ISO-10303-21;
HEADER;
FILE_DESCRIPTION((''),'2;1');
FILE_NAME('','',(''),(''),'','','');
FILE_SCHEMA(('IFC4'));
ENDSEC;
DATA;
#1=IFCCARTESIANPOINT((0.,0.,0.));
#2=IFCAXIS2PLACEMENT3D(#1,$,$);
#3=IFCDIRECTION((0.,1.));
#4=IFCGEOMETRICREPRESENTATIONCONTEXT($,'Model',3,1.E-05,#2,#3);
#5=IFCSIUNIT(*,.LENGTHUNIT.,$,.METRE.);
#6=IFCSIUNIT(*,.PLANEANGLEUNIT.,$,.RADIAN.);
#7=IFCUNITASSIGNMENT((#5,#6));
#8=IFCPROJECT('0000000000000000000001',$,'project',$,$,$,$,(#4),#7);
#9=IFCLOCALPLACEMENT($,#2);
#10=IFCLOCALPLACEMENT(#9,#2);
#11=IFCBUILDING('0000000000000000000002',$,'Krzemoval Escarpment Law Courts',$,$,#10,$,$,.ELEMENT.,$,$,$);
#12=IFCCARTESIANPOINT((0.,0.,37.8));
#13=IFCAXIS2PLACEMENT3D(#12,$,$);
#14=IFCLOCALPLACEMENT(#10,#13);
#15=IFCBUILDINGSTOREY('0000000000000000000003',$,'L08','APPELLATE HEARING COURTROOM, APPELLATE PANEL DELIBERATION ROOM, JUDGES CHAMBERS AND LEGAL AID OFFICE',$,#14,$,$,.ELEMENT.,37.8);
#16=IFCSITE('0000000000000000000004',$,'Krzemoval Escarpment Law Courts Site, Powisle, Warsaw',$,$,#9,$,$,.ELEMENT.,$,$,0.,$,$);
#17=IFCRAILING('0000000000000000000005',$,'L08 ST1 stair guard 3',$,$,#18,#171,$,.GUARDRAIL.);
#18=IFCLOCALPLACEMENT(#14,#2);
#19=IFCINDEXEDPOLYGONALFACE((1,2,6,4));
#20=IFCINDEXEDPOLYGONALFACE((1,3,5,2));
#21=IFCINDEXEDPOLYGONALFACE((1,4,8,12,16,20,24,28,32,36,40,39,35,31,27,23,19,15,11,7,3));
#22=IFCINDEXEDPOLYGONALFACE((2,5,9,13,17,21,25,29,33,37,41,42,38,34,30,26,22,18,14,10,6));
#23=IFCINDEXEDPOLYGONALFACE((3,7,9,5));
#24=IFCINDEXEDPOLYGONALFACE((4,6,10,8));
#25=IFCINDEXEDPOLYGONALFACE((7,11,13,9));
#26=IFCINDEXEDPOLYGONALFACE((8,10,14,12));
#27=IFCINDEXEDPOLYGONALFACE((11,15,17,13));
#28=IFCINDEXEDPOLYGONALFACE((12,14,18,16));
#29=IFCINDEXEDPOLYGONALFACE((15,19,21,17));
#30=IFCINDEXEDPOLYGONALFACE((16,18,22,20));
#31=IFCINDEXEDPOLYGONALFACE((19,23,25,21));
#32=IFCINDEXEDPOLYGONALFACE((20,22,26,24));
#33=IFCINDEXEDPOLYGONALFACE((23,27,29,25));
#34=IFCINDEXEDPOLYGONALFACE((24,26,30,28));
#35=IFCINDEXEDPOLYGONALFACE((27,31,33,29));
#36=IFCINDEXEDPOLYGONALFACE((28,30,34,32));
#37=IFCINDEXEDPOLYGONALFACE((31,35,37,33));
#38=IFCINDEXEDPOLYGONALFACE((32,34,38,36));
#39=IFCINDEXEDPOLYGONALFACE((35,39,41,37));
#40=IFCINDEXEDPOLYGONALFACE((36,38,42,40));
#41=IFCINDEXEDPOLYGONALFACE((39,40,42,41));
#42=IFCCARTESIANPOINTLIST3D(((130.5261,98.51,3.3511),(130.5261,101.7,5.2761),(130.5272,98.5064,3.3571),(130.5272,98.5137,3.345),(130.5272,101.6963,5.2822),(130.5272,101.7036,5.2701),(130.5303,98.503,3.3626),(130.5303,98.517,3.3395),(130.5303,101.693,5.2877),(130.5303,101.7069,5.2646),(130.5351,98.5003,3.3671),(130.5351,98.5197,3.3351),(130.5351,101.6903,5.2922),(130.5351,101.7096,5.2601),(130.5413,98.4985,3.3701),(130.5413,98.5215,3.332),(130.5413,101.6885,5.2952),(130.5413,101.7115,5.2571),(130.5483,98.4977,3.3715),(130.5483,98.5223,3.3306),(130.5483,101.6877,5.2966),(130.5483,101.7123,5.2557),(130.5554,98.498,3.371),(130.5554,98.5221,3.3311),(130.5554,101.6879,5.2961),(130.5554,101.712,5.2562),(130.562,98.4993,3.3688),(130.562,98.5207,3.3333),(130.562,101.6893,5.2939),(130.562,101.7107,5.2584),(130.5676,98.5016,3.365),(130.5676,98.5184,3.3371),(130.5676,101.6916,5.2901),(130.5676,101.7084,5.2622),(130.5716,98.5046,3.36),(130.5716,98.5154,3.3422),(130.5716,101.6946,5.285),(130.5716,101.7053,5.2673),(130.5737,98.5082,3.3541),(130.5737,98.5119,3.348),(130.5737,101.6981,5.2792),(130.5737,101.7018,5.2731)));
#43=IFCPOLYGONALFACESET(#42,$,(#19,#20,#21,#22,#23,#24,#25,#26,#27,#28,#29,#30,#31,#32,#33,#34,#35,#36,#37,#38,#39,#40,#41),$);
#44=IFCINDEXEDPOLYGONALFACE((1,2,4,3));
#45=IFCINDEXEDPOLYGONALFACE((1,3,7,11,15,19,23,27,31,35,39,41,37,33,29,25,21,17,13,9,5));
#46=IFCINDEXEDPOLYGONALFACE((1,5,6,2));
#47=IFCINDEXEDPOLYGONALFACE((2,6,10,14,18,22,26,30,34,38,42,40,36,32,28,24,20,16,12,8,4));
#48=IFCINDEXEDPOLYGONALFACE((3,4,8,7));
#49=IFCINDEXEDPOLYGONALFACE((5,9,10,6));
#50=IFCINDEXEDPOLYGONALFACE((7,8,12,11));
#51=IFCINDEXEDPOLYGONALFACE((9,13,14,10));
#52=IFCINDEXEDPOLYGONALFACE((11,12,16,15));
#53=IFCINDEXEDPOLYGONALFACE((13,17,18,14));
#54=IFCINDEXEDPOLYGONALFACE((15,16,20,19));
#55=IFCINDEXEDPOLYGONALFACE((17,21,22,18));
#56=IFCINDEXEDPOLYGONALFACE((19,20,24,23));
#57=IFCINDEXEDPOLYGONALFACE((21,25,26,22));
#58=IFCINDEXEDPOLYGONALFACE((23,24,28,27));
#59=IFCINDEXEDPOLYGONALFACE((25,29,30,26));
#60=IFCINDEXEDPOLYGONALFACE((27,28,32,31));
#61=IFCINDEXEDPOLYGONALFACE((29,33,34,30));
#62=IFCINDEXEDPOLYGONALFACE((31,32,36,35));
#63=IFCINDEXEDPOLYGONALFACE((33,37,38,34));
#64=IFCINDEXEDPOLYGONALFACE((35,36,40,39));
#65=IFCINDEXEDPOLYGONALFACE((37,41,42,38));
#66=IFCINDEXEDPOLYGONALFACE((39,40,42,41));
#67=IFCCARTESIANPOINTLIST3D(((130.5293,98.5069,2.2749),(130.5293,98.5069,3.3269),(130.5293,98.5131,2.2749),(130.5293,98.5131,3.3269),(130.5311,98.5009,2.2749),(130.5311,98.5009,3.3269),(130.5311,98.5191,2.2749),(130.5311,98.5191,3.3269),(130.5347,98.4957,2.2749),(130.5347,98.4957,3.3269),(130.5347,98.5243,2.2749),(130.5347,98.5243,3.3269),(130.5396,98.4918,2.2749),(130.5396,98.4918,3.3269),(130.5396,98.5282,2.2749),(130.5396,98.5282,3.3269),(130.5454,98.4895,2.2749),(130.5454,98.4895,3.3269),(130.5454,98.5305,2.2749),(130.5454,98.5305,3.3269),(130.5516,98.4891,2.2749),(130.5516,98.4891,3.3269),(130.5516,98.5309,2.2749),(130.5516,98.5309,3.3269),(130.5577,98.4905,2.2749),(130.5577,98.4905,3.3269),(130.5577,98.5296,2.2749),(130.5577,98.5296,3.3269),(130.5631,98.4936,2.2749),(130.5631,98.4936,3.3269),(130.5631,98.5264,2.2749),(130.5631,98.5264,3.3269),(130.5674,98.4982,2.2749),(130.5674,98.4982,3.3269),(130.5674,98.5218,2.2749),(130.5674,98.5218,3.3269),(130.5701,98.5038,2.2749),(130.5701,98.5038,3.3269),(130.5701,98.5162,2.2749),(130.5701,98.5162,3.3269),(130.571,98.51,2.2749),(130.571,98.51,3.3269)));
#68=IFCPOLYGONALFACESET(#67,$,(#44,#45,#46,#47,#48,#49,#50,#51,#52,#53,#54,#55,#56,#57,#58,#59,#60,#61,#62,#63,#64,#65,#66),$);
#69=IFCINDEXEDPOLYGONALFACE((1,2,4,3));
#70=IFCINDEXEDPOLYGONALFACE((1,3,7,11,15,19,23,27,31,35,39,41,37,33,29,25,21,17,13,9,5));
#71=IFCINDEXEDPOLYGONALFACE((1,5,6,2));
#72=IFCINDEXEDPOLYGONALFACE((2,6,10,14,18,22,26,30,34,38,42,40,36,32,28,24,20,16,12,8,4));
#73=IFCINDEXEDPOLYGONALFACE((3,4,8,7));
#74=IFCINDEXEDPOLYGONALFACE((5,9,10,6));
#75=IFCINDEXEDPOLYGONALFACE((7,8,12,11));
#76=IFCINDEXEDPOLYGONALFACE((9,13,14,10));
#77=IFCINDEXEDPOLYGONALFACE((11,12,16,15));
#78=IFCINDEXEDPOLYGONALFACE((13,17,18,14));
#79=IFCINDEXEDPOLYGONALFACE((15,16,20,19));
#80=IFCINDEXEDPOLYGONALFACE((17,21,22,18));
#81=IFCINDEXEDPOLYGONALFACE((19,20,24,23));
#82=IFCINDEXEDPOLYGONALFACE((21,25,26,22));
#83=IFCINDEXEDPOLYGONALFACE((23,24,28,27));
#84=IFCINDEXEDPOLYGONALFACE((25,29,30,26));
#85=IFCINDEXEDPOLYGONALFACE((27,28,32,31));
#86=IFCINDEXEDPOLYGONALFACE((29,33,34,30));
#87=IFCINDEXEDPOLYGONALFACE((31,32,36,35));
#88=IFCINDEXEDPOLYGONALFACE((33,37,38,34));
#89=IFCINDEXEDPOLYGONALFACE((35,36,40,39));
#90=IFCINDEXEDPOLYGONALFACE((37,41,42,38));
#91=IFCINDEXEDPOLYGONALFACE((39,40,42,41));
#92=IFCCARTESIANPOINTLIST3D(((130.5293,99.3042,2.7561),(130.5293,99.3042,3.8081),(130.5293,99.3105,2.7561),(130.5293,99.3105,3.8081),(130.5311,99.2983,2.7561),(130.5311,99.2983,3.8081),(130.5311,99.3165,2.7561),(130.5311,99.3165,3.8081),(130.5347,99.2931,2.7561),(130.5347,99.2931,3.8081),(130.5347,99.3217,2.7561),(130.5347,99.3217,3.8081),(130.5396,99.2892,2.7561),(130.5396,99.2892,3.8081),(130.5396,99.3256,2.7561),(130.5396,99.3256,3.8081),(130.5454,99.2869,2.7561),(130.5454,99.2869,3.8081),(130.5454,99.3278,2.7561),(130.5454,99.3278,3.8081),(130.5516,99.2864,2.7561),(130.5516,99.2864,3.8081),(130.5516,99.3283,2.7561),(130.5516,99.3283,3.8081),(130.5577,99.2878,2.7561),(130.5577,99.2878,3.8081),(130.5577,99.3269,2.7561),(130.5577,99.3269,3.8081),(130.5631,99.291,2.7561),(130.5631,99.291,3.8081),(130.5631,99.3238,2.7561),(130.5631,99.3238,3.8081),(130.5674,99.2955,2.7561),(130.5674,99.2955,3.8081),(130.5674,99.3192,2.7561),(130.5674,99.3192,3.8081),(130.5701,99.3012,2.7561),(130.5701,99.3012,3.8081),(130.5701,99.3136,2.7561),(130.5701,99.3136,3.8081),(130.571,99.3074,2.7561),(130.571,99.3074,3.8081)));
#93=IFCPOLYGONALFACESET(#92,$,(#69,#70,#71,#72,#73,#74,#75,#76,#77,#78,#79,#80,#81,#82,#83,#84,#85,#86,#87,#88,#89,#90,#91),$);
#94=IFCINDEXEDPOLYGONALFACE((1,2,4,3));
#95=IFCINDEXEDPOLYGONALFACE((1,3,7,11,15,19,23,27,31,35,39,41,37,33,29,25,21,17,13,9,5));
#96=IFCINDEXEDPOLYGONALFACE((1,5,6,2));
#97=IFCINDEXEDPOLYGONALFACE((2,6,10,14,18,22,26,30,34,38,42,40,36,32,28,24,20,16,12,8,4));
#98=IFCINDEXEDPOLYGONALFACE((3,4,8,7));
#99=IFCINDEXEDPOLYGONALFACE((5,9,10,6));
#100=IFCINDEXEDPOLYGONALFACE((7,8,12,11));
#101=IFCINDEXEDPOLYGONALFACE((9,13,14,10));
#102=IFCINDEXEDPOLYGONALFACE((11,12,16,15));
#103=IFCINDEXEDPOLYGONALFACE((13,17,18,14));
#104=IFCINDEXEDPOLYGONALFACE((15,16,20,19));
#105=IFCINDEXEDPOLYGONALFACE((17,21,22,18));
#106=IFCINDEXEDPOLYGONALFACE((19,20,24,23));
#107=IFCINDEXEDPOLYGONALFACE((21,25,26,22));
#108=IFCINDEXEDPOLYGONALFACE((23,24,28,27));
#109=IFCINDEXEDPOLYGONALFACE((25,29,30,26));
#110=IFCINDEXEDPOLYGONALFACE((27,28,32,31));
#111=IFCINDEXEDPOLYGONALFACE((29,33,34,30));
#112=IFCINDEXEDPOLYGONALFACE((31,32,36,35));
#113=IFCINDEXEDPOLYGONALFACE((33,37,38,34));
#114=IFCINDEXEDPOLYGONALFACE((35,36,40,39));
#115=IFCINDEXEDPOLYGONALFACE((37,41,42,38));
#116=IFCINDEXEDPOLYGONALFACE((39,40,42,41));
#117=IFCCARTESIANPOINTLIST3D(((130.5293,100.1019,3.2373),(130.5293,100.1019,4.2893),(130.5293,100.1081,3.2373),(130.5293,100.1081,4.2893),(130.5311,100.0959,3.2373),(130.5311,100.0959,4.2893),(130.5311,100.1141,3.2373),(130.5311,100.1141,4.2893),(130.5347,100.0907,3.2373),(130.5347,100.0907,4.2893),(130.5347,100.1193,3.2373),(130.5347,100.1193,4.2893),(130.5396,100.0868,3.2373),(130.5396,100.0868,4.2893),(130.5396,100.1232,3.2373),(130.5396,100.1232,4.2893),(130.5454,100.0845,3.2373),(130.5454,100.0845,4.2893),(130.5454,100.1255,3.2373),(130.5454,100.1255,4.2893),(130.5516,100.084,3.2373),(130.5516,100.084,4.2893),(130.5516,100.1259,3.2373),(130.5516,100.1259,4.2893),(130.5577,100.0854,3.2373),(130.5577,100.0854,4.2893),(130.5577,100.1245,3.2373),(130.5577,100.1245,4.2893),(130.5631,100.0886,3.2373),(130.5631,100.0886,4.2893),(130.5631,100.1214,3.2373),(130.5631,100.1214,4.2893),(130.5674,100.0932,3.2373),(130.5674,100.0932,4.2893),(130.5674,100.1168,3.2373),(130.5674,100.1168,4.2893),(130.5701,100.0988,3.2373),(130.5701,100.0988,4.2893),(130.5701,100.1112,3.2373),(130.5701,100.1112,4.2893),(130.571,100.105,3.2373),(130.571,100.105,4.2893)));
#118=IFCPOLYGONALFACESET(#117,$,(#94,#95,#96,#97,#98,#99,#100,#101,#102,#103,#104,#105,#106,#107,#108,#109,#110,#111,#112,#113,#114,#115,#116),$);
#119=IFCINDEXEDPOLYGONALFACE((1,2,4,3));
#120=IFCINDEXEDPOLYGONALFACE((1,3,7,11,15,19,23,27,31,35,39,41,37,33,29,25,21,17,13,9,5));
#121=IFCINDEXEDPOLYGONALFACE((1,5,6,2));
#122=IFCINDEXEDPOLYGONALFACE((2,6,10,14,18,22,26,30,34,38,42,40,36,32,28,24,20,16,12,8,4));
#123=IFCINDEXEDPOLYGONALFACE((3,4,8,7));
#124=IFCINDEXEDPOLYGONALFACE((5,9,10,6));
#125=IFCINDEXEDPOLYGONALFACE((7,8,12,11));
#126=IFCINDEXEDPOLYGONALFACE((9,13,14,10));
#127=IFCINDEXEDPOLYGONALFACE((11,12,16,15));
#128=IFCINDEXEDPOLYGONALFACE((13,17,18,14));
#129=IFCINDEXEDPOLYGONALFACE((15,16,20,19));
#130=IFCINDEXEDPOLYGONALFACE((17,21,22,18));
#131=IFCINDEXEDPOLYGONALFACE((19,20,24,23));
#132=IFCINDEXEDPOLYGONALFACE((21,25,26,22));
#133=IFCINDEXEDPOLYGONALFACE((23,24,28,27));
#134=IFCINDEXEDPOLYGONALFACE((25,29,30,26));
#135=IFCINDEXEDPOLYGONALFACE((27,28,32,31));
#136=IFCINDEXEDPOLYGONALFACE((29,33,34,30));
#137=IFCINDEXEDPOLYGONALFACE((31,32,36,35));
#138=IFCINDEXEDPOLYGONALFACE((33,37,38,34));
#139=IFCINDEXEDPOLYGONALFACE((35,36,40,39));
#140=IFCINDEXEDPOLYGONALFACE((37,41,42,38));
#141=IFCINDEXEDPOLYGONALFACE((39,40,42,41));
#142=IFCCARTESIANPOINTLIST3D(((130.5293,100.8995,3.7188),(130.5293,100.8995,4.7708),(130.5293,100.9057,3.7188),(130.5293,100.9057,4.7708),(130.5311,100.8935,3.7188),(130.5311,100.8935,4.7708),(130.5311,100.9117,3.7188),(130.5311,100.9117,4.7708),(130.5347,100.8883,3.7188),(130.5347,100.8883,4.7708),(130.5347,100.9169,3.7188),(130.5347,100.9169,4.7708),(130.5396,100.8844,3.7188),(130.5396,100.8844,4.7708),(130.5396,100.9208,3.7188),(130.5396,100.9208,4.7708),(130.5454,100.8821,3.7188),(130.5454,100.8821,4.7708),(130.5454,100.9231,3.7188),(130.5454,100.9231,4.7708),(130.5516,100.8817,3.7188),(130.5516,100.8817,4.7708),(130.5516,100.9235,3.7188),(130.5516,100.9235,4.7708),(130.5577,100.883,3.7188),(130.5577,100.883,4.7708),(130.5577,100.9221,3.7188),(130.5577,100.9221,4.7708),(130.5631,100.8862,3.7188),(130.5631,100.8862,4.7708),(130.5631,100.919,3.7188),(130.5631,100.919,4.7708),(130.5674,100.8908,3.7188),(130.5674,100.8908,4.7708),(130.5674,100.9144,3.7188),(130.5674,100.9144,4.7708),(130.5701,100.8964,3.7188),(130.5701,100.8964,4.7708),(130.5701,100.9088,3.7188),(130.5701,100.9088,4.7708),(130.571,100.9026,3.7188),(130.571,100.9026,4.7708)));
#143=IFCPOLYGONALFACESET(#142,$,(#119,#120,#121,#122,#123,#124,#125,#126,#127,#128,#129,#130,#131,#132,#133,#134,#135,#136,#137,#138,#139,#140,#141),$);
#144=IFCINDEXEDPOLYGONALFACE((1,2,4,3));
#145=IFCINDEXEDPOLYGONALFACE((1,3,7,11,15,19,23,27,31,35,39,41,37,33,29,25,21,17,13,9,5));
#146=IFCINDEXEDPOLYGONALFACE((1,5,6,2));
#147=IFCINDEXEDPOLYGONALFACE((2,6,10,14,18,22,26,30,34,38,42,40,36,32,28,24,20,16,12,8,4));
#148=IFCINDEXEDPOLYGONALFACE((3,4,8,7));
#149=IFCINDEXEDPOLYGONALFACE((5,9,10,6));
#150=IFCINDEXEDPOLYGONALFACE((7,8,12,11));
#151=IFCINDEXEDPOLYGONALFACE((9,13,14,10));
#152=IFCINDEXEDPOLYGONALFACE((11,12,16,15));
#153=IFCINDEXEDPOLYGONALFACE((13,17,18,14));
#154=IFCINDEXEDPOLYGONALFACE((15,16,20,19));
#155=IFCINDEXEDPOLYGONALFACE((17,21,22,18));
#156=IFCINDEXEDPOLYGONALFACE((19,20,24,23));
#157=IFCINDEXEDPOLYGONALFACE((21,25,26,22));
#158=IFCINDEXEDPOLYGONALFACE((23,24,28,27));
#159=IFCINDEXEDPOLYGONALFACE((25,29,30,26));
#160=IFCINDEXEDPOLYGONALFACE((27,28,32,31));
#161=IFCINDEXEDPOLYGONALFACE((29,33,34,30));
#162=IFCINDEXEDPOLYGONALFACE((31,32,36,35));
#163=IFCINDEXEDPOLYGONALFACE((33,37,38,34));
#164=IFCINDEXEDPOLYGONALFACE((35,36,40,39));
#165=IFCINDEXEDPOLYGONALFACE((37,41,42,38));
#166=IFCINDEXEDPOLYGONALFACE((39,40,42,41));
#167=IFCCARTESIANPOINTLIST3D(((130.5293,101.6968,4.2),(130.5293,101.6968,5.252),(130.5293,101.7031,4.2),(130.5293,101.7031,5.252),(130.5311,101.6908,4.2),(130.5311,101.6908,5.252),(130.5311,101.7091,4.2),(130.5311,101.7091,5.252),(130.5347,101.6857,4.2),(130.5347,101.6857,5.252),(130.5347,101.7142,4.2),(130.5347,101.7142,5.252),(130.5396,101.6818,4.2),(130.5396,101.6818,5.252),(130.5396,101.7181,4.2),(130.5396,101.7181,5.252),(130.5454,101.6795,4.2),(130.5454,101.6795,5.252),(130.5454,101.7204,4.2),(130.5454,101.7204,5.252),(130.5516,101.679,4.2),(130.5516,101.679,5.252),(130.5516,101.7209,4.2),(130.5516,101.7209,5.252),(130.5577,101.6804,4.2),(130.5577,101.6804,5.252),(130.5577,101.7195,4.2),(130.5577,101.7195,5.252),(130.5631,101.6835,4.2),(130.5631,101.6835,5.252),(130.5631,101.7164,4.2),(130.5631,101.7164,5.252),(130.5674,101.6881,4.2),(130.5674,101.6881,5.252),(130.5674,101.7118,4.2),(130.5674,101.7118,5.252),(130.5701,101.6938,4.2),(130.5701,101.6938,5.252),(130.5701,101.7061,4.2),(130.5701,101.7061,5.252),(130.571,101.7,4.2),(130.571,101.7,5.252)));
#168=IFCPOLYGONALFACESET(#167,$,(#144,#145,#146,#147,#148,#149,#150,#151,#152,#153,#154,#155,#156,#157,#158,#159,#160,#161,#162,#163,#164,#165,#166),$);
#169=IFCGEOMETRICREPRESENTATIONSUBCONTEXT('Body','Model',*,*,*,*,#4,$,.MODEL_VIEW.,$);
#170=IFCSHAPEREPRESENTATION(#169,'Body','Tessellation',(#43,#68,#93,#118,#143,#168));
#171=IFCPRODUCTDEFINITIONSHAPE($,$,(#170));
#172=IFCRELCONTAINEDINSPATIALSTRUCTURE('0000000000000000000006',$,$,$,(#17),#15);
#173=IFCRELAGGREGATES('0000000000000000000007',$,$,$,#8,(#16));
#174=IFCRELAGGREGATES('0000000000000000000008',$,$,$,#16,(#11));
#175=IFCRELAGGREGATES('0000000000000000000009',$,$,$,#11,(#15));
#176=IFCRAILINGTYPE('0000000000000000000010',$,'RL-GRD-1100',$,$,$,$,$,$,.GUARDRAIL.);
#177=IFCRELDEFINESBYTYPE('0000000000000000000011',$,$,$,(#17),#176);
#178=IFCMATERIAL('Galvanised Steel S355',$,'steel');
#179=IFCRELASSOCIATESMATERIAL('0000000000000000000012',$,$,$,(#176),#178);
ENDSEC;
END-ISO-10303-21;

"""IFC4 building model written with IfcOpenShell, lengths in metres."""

from ifc_helpers import new_model, si_unit, direction, frame, origin, origin_2d, place, context, subcontext, project, spatial, circle, extrude, material, type_object, element, save


model = new_model("IFC4")

# Units and contexts
model_context = context("Model", 3, precision=1e-05, world=origin(), true_north=direction((0.0, 1.0)))
body_context = subcontext(model_context, "Body", "Model", "MODEL_VIEW")
ifc_project = project(units=[si_unit("LENGTHUNIT", "METRE"), si_unit("PLANEANGLEUNIT", "RADIAN")], contexts=[model_context])

# Site, building, storey
site_placement = place(None, origin())
site = spatial("IfcSite", under=ifc_project, at=site_placement, Name="Krzemoval Escarpment Law Courts Site, Powisle, Warsaw", CompositionType="ELEMENT", RefElevation=0.0)
building_placement = place(site_placement, origin())
building = spatial("IfcBuilding", under=site, at=building_placement, Name="Krzemoval Escarpment Law Courts", CompositionType="ELEMENT")
storey_placement = place(building_placement, frame((0.0, 0.0, 37.8)))
storey = spatial("IfcBuildingStorey", under=building, at=storey_placement, Name="L08", Description="APPELLATE HEARING COURTROOM, APPELLATE PANEL DELIBERATION ROOM, JUDGES CHAMBERS AND LEGAL AID OFFICE", CompositionType="ELEMENT", Elevation=37.8)

# Railing
ifc_material_1 = material(Name="Galvanised Steel S355", Category="steel")
railing_type_1 = type_object("IfcRailingType", Name="RL-GRD-1100", PredefinedType="GUARDRAIL", material=ifc_material_1)
railing_1_placement = place(storey_placement, frame((130.55, 98.51, 2.2749)))
element("IfcRailing", 1, at=railing_1_placement, inside=storey, type_object=railing_type_1, Name="L08 ST1 stair guard 3", PredefinedType="GUARDRAIL", context=body_context, shape_type="SweptSolid", body=[
    extrude(circle(Radius=0.0239, at=origin_2d()), frame((0.0, 0.0, 1.0762), z_axis=(0.0, 0.856178, 0.516682), x_axis=(-1.0, 0.0, 0.0)), (0.0, 0.0, 1.0), 3.7258),
    extrude(circle(Radius=0.021, at=origin_2d()), origin(), (0.0, 0.0, 1.0), 1.052),
    extrude(circle(Radius=0.021, at=origin_2d()), frame((0.0, 0.7974, 0.4812)), (0.0, 0.0, 1.0), 1.052),
    extrude(circle(Radius=0.021, at=origin_2d()), frame((0.0, 1.595, 0.9624)), (0.0, 0.0, 1.0), 1.052),
    extrude(circle(Radius=0.021, at=origin_2d()), frame((0.0, 2.3926, 1.4438)), (0.0, 0.0, 1.0), 1.052),
    extrude(circle(Radius=0.021, at=origin_2d()), frame((0.0, 3.1899, 1.925)), (0.0, 0.0, 1.0), 1.052),
])

save(model, "model.ifc")
